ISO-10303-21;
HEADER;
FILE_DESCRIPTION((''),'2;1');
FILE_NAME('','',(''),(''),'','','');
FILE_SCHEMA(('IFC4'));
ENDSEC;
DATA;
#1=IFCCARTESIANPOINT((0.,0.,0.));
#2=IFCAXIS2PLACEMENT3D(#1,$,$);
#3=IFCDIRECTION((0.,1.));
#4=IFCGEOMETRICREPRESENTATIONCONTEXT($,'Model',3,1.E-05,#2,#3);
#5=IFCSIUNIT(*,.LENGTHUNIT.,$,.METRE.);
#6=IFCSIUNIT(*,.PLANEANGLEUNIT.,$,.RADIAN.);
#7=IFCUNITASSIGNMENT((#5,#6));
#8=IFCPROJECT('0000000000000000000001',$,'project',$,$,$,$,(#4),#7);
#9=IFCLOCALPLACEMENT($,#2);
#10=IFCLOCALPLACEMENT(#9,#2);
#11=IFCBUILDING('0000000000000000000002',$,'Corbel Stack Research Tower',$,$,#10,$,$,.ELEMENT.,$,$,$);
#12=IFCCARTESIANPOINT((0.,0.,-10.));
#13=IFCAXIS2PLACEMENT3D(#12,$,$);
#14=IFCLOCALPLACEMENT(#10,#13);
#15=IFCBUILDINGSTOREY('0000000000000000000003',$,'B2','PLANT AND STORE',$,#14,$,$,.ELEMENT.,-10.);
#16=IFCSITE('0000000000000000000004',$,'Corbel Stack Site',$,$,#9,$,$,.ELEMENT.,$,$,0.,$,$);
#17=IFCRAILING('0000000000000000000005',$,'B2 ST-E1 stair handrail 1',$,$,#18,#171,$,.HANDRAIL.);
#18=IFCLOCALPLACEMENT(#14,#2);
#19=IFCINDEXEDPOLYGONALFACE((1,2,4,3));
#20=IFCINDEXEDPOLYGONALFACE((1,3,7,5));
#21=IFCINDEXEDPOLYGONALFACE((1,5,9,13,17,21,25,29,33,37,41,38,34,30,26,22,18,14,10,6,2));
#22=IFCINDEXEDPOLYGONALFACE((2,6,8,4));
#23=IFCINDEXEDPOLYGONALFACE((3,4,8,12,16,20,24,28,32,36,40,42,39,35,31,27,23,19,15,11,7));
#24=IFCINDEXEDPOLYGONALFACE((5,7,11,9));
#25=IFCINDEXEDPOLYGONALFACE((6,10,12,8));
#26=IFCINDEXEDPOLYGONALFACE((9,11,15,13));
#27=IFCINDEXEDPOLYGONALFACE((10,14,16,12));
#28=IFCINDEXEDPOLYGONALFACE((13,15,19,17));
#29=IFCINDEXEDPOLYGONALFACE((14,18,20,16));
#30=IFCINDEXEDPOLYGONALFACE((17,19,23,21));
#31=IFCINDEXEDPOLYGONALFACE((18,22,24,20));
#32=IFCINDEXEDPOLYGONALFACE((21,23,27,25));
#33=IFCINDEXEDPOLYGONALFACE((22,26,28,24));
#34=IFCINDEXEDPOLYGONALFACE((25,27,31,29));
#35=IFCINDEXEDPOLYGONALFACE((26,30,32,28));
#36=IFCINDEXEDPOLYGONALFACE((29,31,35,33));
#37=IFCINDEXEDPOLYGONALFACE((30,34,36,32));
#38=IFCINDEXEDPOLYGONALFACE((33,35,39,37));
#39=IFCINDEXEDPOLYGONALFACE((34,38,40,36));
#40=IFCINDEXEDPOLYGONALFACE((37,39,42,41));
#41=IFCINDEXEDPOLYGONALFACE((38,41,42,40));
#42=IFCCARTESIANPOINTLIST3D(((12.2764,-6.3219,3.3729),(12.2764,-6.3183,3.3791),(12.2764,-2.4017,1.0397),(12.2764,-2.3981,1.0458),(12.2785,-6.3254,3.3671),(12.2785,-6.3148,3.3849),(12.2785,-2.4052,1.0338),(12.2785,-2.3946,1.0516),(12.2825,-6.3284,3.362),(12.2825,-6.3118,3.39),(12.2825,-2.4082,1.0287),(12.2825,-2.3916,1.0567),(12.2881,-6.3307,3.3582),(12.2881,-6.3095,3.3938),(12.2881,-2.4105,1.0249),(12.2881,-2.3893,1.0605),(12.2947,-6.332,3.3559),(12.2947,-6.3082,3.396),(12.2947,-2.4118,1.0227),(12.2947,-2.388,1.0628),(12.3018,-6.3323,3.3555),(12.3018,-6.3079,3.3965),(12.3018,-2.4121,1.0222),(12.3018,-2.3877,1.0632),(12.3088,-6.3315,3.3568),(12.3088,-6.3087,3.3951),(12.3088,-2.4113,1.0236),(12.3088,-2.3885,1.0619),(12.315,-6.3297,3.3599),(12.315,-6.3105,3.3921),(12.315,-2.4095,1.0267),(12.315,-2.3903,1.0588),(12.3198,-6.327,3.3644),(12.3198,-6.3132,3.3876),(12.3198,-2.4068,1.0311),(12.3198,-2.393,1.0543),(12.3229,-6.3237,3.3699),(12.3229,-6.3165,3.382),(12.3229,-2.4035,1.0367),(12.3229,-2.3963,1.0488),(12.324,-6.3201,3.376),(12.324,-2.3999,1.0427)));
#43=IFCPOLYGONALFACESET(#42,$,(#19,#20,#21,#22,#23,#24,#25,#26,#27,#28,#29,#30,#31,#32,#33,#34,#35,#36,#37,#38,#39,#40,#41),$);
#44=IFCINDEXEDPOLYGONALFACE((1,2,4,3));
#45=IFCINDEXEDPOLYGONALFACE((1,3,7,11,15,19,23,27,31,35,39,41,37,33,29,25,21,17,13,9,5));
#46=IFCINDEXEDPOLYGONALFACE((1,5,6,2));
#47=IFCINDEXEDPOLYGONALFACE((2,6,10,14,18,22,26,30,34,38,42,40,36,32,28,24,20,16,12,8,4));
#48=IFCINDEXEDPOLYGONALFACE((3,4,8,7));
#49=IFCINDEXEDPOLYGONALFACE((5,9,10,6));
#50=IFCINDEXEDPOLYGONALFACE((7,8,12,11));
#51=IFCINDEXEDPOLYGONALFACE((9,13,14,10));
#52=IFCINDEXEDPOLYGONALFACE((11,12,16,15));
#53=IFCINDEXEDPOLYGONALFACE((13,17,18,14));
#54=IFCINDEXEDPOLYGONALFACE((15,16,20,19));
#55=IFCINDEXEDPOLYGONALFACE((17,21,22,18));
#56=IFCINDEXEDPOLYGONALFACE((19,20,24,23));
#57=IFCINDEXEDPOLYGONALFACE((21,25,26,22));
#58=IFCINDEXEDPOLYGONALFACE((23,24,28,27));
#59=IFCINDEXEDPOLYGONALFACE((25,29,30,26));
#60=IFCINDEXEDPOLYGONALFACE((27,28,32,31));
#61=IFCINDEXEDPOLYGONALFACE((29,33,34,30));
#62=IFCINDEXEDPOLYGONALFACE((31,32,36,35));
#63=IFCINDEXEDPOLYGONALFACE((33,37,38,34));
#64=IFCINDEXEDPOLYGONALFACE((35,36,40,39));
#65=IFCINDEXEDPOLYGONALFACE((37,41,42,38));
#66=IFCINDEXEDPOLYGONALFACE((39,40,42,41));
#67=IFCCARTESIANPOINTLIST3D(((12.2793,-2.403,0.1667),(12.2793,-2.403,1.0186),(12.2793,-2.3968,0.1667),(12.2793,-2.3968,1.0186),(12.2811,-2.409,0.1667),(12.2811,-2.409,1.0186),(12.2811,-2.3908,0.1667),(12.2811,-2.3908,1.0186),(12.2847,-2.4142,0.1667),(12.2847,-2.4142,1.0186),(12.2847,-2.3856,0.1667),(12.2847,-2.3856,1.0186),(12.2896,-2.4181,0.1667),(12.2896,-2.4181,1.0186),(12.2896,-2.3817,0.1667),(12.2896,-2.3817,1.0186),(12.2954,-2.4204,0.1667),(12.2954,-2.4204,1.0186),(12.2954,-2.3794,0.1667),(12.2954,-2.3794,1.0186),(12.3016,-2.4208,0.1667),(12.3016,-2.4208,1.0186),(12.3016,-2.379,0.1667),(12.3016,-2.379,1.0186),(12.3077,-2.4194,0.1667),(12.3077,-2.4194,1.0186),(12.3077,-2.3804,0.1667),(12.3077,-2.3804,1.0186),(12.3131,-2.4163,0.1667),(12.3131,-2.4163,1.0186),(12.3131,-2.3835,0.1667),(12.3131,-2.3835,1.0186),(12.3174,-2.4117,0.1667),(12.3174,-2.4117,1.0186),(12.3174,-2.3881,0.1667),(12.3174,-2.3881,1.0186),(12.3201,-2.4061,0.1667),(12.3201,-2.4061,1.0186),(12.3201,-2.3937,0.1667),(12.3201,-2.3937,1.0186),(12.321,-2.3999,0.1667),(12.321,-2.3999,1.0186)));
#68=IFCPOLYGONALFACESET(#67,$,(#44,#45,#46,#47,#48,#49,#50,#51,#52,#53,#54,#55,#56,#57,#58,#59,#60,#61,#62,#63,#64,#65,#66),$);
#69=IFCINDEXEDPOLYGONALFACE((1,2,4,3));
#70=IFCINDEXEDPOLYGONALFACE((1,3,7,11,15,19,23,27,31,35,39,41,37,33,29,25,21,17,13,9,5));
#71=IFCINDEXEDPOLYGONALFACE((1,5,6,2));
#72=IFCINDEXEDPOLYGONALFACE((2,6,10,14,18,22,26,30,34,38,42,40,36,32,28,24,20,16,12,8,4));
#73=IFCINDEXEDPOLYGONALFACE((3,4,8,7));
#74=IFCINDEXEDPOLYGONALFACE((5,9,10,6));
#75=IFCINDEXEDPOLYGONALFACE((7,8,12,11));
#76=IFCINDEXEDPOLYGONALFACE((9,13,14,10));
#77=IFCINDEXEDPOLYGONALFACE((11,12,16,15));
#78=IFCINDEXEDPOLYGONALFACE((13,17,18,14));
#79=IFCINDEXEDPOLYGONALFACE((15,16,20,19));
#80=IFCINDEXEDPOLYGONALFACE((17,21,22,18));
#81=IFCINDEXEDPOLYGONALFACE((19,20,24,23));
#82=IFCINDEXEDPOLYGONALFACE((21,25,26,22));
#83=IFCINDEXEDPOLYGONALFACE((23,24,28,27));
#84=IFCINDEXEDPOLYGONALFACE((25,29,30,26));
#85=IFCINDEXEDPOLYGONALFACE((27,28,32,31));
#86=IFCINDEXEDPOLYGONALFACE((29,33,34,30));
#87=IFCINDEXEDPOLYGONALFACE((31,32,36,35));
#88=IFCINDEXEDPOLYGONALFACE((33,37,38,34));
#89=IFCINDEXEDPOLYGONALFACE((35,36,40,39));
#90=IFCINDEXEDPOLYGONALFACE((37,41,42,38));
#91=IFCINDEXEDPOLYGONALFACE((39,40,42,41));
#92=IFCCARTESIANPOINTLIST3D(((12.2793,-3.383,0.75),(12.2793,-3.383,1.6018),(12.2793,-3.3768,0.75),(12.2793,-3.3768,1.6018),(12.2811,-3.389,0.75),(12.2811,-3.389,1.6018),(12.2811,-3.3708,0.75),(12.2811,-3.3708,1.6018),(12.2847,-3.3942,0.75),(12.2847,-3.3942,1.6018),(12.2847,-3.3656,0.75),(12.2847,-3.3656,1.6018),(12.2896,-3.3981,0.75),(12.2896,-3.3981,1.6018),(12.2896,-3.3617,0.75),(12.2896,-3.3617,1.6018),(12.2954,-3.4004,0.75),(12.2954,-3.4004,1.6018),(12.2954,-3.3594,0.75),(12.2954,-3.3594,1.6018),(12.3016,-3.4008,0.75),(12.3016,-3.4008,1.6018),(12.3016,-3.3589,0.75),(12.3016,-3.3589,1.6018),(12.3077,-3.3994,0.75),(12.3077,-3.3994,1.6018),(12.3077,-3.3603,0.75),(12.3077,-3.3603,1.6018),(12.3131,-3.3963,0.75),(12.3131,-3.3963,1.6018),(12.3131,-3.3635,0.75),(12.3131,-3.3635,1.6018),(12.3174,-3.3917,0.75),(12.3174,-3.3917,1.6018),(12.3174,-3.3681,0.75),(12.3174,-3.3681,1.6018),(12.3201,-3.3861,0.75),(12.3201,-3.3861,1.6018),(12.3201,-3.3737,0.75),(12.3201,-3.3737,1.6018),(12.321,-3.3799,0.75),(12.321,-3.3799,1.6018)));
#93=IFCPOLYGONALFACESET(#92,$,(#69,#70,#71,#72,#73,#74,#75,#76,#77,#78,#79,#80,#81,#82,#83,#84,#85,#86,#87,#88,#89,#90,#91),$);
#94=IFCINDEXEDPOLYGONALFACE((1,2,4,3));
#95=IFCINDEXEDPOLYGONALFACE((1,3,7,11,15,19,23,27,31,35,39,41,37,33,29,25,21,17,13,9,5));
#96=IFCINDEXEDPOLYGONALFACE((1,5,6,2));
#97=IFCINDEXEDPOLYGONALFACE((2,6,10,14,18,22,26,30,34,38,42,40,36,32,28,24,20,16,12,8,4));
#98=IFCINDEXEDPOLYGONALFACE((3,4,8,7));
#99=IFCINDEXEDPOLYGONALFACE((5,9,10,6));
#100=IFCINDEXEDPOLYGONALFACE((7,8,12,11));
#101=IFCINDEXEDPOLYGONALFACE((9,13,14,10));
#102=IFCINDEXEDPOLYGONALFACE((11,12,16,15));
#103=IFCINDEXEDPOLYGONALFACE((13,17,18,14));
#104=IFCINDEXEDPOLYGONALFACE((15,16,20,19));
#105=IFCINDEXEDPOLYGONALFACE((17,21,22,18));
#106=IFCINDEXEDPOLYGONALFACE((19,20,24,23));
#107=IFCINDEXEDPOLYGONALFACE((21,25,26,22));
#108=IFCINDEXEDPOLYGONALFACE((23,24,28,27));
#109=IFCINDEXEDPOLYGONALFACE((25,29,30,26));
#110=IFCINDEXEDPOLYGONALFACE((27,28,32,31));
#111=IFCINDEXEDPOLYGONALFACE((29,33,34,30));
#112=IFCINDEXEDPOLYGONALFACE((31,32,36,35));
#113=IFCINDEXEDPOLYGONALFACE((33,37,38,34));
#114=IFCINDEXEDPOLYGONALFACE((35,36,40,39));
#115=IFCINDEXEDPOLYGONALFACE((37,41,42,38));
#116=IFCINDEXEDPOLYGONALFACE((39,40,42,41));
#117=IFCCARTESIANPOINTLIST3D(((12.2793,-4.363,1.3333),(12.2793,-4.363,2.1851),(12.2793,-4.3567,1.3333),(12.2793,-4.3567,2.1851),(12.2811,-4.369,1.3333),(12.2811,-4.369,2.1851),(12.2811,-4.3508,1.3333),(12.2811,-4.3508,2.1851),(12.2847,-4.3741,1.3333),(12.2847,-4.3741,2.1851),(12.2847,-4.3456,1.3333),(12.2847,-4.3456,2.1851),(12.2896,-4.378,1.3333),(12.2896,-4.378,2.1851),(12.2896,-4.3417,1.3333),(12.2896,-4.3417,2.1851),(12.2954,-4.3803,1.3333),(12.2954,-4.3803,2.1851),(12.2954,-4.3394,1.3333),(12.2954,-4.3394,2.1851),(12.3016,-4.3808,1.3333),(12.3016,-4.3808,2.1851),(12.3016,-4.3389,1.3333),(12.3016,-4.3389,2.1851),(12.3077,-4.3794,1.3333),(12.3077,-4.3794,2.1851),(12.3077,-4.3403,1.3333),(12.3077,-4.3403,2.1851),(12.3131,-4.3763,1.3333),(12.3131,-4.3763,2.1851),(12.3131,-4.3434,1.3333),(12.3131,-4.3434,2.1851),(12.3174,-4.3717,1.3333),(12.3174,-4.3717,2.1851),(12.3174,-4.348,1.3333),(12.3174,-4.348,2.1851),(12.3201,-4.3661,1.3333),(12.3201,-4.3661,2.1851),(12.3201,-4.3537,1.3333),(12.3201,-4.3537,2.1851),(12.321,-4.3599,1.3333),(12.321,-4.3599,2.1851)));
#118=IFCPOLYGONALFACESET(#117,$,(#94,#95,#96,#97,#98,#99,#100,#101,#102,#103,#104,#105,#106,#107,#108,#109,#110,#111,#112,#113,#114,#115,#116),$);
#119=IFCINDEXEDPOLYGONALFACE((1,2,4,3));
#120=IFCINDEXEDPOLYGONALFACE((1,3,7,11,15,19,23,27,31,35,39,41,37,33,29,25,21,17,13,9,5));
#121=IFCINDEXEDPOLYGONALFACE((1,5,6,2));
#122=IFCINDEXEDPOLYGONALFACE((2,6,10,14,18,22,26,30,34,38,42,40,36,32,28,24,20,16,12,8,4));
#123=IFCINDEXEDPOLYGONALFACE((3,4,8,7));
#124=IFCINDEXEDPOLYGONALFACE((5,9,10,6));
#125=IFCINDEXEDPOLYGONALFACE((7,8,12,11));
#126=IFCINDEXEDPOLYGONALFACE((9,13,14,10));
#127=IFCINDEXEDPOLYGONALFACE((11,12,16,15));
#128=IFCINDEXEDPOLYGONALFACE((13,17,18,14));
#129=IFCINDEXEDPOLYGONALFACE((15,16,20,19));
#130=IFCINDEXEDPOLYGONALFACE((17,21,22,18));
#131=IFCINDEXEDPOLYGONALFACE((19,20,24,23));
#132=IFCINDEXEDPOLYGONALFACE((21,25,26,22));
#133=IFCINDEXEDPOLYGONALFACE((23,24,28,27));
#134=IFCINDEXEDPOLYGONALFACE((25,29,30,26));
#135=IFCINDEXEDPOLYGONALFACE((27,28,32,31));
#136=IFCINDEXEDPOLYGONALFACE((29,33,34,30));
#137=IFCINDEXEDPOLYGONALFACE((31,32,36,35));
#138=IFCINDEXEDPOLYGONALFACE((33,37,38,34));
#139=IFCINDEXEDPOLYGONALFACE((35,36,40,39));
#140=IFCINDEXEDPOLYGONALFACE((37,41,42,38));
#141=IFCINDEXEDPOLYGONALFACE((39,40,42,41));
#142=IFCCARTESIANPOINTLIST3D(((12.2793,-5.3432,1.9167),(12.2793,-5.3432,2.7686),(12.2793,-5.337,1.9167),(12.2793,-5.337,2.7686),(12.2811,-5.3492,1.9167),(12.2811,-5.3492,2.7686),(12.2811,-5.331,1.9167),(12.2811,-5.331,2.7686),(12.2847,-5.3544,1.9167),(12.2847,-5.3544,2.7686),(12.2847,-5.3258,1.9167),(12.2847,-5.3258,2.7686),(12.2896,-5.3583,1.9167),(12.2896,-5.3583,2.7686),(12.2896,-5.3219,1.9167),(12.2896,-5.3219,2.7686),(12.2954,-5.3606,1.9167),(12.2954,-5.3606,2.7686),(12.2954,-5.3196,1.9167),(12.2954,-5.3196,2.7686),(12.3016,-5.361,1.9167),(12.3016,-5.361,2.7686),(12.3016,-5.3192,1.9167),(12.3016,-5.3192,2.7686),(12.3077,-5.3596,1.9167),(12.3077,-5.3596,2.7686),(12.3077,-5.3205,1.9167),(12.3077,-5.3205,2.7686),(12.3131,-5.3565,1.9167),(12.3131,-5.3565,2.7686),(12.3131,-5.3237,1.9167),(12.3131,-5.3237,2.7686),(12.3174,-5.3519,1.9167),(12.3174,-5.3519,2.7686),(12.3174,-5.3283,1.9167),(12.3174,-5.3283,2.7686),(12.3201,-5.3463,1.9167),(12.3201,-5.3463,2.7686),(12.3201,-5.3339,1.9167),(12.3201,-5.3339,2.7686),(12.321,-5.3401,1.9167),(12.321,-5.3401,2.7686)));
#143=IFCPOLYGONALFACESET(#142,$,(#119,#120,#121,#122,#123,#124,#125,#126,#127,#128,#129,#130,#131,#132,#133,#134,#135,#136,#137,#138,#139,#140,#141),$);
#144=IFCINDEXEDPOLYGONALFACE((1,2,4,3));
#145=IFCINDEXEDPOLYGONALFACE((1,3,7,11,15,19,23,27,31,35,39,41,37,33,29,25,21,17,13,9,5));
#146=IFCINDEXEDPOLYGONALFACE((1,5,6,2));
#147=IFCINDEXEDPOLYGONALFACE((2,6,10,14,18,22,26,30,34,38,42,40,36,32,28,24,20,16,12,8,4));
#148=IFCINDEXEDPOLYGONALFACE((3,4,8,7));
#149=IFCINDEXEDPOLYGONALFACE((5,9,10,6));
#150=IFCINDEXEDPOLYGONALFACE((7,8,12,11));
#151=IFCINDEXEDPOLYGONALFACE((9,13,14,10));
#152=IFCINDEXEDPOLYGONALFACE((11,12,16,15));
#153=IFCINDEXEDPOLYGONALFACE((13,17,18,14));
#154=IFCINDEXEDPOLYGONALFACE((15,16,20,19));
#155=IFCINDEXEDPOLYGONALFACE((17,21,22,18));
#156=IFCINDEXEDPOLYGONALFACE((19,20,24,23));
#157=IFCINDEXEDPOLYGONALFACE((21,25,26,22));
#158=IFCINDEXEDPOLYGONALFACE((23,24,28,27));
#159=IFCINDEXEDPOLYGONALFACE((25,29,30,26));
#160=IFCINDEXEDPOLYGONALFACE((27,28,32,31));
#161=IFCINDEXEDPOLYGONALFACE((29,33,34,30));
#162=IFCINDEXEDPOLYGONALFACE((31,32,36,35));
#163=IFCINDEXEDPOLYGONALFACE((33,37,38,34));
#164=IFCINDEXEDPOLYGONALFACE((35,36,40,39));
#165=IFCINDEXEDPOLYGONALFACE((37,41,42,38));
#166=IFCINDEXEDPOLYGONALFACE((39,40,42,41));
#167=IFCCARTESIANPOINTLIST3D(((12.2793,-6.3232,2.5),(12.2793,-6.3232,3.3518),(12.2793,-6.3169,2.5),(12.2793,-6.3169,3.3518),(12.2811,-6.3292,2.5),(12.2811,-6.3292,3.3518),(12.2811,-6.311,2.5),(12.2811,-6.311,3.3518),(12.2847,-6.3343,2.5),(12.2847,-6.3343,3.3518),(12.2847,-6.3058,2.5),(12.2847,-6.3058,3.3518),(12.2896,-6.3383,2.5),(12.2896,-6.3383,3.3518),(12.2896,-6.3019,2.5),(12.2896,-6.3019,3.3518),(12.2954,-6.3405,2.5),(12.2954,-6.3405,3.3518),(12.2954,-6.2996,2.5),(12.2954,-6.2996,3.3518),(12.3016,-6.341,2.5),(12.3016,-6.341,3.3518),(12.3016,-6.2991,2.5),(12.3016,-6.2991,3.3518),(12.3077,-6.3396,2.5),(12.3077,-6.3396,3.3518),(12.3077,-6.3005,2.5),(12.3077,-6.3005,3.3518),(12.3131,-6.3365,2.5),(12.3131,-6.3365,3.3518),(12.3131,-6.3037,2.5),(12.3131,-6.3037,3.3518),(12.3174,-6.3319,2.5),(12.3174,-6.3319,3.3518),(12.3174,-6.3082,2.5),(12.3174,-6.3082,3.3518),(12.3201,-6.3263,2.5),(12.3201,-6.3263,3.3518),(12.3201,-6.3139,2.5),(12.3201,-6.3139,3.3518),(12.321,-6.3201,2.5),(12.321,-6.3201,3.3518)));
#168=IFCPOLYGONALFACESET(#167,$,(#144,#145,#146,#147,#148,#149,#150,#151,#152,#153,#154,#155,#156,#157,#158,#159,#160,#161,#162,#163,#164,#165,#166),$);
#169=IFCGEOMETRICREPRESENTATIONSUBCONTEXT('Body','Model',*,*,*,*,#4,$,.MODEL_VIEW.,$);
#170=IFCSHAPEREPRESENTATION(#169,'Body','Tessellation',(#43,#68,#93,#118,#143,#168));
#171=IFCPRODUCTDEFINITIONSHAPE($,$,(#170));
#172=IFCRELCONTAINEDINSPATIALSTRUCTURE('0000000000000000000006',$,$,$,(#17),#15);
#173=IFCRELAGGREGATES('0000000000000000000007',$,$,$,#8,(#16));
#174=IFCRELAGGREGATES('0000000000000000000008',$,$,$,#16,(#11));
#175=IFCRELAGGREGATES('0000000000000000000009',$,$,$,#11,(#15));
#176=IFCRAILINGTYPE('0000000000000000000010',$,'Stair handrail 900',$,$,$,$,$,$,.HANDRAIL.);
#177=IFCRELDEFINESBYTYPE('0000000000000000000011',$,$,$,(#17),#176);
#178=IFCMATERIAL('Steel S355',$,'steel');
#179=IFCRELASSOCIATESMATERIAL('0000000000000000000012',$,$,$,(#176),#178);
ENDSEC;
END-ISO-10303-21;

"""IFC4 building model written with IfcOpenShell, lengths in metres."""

from ifc_helpers import new_model, si_unit, direction, frame, origin, origin_2d, place, context, subcontext, project, spatial, circle, extrude, material, type_object, element, save


model = new_model("IFC4")

# Units and contexts
model_context = context("Model", 3, precision=1e-05, world=origin(), true_north=direction((0.0, 1.0)))
body_context = subcontext(model_context, "Body", "Model", "MODEL_VIEW")
ifc_project = project(units=[si_unit("LENGTHUNIT", "METRE"), si_unit("PLANEANGLEUNIT", "RADIAN")], contexts=[model_context])

# Site, building, storey
site_placement = place(None, origin())
site = spatial("IfcSite", under=ifc_project, at=site_placement, Name="Corbel Stack Site", CompositionType="ELEMENT", RefElevation=0.0)
building_placement = place(site_placement, origin())
building = spatial("IfcBuilding", under=site, at=building_placement, Name="Corbel Stack Research Tower", CompositionType="ELEMENT")
storey_placement = place(building_placement, frame((0.0, 0.0, -10.0)))
storey = spatial("IfcBuildingStorey", under=building, at=storey_placement, Name="B2", Description="PLANT AND STORE", CompositionType="ELEMENT", Elevation=-10.0)

# Railing
ifc_material_1 = material(Name="Steel S355", Category="steel")
railing_type_1 = type_object("IfcRailingType", Name="Stair handrail 900", PredefinedType="HANDRAIL", material=ifc_material_1)
railing_1_placement = place(storey_placement, frame((12.3, -2.3999, 0.1667)))
element("IfcRailing", 1, at=railing_1_placement, inside=storey, type_object=railing_type_1, Name="B2 ST-E1 stair handrail 1", PredefinedType="HANDRAIL", context=body_context, shape_type="SweptSolid", body=[
    extrude(circle(Radius=0.0239, at=origin_2d()), frame((0.0, 0.0, 0.876), z_axis=(0.0, -0.85931, 0.511455), x_axis=(1.0, 0.0, 0.0)), (0.0, 0.0, 1.0), 4.562),
    extrude(circle(Radius=0.021, at=origin_2d()), origin(), (0.0, 0.0, 1.0), 0.8518),
    extrude(circle(Radius=0.021, at=origin_2d()), frame((0.0, -0.98, 0.5833)), (0.0, 0.0, 1.0), 0.8518),
    extrude(circle(Radius=0.021, at=origin_2d()), frame((0.0, -1.96, 1.1665)), (0.0, 0.0, 1.0), 0.8518),
    extrude(circle(Radius=0.021, at=origin_2d()), frame((0.0, -2.9402, 1.75)), (0.0, 0.0, 1.0), 0.8518),
    extrude(circle(Radius=0.021, at=origin_2d()), frame((0.0, -3.9202, 2.3333)), (0.0, 0.0, 1.0), 0.8518),
])

save(model, "model.ifc")
